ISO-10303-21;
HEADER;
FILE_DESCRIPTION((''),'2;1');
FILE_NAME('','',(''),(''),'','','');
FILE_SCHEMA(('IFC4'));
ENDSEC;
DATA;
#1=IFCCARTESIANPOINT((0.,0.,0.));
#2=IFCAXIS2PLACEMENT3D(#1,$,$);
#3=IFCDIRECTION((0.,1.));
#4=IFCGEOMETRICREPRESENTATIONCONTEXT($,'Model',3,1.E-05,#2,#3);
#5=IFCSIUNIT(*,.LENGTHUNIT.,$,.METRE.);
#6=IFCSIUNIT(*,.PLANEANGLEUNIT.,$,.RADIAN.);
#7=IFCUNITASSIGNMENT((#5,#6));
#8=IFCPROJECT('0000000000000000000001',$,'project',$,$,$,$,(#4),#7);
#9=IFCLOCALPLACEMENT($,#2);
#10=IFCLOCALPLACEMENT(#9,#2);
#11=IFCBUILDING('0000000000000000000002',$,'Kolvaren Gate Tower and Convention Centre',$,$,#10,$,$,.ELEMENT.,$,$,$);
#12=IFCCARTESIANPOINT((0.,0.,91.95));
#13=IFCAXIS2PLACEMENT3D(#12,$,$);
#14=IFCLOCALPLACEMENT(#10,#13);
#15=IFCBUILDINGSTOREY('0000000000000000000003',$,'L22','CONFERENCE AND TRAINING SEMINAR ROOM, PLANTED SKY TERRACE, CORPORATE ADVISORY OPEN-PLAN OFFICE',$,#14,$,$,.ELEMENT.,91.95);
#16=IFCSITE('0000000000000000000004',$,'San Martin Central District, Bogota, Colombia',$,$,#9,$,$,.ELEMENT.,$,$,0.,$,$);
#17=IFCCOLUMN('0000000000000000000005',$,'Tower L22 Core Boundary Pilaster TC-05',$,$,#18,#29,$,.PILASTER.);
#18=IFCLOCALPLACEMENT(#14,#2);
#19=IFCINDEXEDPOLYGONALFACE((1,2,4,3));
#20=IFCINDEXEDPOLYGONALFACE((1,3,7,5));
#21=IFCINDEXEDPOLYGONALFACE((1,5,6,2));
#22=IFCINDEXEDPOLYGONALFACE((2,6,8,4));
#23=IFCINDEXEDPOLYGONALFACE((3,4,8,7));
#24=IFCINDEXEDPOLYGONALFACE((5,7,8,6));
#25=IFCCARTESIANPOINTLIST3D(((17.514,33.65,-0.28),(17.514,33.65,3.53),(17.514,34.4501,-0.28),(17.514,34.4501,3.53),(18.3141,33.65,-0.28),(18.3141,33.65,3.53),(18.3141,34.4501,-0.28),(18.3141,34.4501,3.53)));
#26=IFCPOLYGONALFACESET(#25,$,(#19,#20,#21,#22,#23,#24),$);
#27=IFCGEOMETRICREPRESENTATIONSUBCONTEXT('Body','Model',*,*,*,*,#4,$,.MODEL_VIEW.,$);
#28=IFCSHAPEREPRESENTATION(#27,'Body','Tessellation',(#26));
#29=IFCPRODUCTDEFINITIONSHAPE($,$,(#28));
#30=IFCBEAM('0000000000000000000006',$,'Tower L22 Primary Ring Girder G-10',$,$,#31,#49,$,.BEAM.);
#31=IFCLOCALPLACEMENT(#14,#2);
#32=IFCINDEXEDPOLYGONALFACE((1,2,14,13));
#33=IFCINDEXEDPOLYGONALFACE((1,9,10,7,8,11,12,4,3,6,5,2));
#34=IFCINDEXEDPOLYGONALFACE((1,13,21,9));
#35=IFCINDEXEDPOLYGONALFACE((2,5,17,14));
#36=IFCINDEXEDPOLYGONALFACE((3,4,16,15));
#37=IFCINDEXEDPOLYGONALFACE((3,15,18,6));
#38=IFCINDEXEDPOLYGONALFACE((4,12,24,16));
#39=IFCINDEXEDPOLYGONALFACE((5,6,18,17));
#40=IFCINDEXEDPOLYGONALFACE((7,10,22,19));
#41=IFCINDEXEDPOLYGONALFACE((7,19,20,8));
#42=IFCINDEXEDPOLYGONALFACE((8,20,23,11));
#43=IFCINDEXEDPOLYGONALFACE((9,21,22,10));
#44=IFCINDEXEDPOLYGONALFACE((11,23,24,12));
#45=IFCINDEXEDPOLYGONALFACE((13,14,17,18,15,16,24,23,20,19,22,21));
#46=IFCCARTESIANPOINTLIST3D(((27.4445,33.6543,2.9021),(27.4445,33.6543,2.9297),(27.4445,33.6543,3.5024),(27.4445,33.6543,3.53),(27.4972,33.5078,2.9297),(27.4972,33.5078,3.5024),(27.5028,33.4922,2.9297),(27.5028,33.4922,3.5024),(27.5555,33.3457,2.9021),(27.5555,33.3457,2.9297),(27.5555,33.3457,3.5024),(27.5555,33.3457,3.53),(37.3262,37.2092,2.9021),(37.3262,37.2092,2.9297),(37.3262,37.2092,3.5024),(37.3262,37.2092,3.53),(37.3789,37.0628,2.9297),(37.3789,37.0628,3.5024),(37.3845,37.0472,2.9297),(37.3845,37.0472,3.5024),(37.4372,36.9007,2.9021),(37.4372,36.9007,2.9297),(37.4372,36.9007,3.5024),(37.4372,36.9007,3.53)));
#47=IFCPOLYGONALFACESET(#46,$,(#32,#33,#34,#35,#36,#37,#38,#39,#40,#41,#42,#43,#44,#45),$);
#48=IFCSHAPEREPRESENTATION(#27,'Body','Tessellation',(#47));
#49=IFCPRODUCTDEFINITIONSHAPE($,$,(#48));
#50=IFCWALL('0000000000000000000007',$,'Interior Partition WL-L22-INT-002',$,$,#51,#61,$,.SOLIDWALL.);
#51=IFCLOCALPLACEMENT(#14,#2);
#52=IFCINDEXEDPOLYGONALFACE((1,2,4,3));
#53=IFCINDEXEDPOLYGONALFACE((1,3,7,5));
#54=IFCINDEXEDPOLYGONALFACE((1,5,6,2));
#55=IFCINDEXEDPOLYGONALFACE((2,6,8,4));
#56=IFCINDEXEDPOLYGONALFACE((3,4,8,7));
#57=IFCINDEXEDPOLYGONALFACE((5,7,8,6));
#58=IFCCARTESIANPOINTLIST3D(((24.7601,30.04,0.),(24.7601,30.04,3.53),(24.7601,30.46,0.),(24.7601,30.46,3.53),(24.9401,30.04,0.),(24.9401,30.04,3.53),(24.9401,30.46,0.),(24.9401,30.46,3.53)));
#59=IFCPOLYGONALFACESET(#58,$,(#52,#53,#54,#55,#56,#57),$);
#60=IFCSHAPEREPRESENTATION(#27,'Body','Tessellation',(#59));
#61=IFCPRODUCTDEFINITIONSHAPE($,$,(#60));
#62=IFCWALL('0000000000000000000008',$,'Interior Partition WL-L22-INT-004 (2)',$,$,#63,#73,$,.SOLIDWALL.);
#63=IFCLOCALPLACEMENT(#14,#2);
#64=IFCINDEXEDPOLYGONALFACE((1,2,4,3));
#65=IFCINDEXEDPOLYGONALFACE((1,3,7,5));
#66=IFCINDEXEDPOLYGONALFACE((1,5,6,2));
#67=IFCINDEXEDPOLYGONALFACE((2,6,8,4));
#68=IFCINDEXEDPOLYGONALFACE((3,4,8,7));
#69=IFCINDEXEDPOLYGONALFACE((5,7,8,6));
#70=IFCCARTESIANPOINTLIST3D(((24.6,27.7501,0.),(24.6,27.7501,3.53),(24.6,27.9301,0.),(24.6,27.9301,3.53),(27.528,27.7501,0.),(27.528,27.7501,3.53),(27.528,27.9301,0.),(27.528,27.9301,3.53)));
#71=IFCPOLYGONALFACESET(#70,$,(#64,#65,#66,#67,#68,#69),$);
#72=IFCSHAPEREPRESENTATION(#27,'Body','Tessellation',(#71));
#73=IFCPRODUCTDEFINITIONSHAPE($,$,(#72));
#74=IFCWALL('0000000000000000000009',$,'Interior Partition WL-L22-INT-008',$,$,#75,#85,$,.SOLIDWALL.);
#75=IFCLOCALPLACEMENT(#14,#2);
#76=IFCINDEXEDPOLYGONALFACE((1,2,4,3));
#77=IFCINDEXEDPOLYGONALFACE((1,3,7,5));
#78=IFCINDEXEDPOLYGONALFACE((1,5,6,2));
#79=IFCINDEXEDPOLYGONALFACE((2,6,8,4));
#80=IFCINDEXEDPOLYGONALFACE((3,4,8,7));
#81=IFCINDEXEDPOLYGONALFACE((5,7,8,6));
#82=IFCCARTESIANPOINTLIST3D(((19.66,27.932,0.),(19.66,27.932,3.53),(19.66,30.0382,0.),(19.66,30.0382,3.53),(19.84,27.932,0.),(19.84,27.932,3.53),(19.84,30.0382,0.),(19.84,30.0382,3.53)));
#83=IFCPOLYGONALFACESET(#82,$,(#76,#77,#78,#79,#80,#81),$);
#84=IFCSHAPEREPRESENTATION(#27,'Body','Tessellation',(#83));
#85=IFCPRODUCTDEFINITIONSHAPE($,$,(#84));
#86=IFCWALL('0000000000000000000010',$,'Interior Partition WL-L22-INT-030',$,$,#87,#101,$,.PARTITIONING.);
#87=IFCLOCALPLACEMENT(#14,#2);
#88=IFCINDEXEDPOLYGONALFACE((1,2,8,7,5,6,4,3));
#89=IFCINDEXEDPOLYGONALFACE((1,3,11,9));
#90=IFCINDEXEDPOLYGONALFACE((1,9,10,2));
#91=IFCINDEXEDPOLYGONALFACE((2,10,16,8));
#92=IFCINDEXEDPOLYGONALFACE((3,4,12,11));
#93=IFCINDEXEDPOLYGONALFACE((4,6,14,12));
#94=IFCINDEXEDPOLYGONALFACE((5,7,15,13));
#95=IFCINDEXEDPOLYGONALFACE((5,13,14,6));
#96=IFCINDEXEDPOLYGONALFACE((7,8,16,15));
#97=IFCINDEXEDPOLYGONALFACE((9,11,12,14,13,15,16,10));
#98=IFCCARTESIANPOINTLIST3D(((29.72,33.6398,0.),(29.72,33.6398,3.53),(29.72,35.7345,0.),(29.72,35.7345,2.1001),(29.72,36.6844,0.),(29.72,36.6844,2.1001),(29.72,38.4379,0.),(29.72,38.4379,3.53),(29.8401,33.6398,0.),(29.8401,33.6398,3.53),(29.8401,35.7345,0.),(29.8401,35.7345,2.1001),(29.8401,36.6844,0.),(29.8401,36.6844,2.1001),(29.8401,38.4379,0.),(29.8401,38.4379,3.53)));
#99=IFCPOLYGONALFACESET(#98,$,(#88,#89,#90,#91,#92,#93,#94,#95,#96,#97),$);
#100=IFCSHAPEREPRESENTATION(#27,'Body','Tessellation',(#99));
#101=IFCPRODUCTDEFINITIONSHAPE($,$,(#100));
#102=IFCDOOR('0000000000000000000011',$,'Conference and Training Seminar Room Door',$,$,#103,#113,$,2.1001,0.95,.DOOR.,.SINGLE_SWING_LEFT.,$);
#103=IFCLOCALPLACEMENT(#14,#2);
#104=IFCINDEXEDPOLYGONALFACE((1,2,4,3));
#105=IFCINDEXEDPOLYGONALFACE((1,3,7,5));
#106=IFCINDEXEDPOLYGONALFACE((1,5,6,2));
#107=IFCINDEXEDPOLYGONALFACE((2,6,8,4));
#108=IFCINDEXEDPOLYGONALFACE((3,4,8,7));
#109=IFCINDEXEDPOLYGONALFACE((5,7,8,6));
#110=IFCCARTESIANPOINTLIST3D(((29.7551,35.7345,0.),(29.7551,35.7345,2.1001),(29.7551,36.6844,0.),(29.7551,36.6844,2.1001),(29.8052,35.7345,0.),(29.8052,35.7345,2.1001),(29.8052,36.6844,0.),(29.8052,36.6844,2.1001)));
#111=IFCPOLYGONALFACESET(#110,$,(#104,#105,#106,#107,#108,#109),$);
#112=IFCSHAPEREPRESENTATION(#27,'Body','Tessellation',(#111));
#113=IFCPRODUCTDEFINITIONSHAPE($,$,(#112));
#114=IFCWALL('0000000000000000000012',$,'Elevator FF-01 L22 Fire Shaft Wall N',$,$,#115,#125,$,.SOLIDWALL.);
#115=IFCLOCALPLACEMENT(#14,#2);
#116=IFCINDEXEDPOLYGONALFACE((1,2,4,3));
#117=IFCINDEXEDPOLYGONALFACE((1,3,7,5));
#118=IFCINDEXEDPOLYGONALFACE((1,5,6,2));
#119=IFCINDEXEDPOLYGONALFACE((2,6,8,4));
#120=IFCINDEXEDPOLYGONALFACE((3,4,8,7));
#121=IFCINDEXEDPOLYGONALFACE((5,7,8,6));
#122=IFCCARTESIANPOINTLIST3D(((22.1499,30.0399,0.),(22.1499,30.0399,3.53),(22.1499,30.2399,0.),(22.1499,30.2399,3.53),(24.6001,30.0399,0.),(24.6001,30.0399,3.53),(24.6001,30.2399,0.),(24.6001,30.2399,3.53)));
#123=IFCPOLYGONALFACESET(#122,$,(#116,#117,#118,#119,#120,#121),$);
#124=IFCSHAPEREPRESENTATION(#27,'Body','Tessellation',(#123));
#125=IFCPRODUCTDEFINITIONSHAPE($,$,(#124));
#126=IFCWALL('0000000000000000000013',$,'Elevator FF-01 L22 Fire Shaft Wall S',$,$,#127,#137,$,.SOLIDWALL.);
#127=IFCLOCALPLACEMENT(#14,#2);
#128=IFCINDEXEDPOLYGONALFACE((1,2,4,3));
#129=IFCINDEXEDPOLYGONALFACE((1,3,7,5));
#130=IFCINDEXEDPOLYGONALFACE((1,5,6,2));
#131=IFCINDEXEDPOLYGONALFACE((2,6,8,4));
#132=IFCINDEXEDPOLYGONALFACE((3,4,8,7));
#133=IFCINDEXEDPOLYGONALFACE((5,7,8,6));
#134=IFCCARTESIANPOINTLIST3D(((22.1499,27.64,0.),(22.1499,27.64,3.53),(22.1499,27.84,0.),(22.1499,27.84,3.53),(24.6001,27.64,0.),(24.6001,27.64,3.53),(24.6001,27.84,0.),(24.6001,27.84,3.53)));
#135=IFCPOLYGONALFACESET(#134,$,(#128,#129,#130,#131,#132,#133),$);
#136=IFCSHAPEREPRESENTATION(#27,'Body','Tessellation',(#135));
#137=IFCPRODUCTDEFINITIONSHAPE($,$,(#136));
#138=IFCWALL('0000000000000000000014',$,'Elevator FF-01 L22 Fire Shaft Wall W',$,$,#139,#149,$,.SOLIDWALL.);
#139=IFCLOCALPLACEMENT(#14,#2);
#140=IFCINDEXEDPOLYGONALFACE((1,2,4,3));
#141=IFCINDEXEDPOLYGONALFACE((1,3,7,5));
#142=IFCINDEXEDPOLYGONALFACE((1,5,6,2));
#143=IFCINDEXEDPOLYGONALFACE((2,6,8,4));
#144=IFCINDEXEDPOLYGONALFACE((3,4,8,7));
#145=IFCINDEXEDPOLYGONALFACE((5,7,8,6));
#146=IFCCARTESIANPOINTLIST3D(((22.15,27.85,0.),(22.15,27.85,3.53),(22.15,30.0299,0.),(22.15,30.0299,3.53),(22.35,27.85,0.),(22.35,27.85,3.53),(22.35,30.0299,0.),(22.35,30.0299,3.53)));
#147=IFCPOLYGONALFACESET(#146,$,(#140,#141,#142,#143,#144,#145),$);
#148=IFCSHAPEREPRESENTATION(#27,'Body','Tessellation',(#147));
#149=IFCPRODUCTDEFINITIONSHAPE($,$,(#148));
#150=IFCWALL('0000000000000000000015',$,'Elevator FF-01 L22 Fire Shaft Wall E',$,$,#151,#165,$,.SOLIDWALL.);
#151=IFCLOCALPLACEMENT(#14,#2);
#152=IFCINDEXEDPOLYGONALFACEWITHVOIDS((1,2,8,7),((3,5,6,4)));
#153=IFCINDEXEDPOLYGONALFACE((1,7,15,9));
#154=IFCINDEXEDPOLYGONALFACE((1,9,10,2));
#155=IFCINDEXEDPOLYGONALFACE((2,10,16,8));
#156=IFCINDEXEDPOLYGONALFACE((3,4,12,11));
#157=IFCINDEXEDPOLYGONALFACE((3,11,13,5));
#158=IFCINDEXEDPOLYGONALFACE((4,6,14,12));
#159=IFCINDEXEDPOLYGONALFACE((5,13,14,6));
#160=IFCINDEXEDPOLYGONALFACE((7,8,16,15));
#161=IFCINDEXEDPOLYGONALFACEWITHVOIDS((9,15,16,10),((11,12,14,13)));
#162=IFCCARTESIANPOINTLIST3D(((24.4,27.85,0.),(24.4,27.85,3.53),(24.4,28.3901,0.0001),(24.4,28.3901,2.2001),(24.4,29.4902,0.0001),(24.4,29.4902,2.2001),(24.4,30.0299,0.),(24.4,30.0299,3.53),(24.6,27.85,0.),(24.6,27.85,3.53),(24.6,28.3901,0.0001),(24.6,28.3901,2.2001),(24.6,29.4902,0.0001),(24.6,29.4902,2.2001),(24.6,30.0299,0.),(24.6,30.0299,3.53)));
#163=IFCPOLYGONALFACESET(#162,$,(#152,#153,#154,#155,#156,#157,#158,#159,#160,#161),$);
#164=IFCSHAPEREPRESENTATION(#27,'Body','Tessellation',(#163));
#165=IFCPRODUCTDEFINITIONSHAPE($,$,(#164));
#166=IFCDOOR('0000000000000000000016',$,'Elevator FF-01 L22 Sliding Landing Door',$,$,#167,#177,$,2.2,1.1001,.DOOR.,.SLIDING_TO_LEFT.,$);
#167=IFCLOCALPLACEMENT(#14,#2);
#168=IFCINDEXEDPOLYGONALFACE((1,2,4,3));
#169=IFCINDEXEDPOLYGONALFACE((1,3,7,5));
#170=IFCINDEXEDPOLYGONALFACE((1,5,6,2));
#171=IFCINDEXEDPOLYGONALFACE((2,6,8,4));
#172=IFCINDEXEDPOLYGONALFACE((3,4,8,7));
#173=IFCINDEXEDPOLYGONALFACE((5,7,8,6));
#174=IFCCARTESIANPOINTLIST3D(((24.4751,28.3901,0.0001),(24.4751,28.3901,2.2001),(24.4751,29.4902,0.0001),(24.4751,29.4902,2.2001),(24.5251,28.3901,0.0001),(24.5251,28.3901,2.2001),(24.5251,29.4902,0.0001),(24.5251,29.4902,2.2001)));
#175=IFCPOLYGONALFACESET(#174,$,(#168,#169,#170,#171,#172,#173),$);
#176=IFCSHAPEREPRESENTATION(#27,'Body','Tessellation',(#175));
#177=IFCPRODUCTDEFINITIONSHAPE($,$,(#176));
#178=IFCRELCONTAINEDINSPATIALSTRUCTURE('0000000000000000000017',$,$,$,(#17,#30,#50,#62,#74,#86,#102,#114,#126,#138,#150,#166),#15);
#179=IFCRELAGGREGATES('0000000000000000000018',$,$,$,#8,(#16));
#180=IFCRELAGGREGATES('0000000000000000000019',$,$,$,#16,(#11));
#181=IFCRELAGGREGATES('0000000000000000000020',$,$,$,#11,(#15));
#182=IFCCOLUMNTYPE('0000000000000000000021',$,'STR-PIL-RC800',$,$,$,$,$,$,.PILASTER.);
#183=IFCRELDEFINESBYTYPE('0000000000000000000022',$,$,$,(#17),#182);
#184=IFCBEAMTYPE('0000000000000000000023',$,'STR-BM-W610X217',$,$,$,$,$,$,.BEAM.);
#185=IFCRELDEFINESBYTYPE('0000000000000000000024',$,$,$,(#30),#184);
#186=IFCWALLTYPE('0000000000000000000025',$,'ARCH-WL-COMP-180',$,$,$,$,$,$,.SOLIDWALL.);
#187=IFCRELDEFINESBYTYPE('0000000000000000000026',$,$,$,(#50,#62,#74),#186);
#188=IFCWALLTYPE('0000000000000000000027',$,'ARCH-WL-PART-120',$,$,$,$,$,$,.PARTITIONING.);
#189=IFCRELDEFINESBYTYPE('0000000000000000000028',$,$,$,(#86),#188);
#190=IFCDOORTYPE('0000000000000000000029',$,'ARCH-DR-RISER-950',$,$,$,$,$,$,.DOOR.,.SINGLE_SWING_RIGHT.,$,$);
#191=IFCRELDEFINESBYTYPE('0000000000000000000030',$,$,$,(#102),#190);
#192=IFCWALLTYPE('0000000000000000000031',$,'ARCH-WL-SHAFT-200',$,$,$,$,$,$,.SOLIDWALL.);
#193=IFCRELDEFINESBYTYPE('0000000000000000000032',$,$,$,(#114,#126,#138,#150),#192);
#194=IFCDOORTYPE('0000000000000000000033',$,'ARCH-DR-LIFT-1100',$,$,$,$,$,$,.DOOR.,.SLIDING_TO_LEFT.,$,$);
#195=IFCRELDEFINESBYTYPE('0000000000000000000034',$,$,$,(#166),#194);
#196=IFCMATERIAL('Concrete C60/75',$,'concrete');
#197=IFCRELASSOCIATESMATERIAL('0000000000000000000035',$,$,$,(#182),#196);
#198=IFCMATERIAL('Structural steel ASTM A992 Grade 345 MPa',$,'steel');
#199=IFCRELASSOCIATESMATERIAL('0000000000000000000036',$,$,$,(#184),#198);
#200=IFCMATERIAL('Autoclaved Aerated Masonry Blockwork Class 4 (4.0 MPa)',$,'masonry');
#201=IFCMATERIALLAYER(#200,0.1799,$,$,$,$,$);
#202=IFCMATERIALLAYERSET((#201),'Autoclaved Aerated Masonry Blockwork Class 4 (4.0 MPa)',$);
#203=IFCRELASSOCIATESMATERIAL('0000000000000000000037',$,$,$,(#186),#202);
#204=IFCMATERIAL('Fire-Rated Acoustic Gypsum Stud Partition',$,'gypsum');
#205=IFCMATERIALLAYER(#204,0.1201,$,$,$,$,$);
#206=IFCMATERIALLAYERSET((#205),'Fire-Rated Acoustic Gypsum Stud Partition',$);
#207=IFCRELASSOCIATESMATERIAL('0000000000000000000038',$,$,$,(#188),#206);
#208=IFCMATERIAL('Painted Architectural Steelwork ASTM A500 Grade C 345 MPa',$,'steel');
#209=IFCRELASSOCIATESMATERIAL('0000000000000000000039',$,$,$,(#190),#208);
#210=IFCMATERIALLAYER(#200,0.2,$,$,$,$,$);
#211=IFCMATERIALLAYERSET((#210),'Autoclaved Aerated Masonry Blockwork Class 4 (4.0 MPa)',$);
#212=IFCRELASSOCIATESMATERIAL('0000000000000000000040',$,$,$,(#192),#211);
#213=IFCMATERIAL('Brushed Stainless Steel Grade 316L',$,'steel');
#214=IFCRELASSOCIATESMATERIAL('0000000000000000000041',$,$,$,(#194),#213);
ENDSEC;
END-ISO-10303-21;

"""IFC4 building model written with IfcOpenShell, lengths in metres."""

from ifc_helpers import new_model, si_unit, direction, frame, frame_2d, origin, origin_2d, place, context, subcontext, project, spatial, rectangle, i_section, extrude, material, layer, layer_set, material_profile, profile_set, type_object, element, fill, save


model = new_model("IFC4")

# Units and contexts
model_context = context("Model", 3, precision=1e-05, world=origin(), true_north=direction((0.0, 1.0)))
body_context = subcontext(model_context, "Body", "Model", "MODEL_VIEW")
ifc_project = project(units=[si_unit("LENGTHUNIT", "METRE"), si_unit("PLANEANGLEUNIT", "RADIAN")], contexts=[model_context])

# Site, building, storey
site_placement = place(None, origin())
site = spatial("IfcSite", under=ifc_project, at=site_placement, Name="San Martin Central District, Bogota, Colombia", CompositionType="ELEMENT", RefElevation=0.0)
building_placement = place(site_placement, origin())
building = spatial("IfcBuilding", under=site, at=building_placement, Name="Kolvaren Gate Tower and Convention Centre", CompositionType="ELEMENT")
storey_placement = place(building_placement, frame((0.0, 0.0, 91.95)))
storey = spatial("IfcBuildingStorey", under=building, at=storey_placement, Name="L22", Description="CONFERENCE AND TRAINING SEMINAR ROOM, PLANTED SKY TERRACE, CORPORATE ADVISORY OPEN-PLAN OFFICE", CompositionType="ELEMENT", Elevation=91.95)

# Column
ifc_material_1 = material(Name="Concrete C60/75", Category="concrete")
ifc_material_profile_1 = material_profile(ifc_material_1, rectangle(XDim=0.8, YDim=0.8, at=origin_2d()), Name="RC-COL-800X800")
ifc_profile_set_1 = profile_set([ifc_material_profile_1], Name="Concrete C60/75")
column_type = type_object("IfcColumnType", Name="STR-PIL-RC800", PredefinedType="PILASTER", material=ifc_profile_set_1)
column_placement = place(storey_placement, frame((17.9141, 34.05, -0.28), z_axis=(0.0, 0.0, 1.0), x_axis=(1.0, 0.0, 0.0)))
element("IfcColumn", 1, at=column_placement, inside=storey, type_object=column_type, Name="Tower L22 Core Boundary Pilaster TC-05", PredefinedType="PILASTER", context=body_context, shape_type="SweptSolid", body=[
    extrude(rectangle(XDim=0.8, YDim=0.8, at=origin_2d()), origin(), (0.0, 0.0, 1.0), 3.8101),
])

# Beam
ifc_material_2 = material(Name="Structural steel ASTM A992 Grade 345 MPa", Category="steel")
ifc_material_profile_2 = material_profile(ifc_material_2, i_section(OverallWidth=0.3279, OverallDepth=0.6279, WebThickness=0.0166, FlangeThickness=0.0276, at=origin_2d()), Name="W610X217")
ifc_profile_set_2 = profile_set([ifc_material_profile_2], Name="Structural steel ASTM A992 Grade 345 MPa")
beam_type = type_object("IfcBeamType", Name="STR-BM-W610X217", PredefinedType="BEAM", material=ifc_profile_set_2)
beam_placement = place(storey_placement, frame((27.5, 33.5, 3.2161), z_axis=(0.940961, 0.338514, 0.0), x_axis=(-0.338514, 0.940961, 0.0)))
element("IfcBeam", 2, at=beam_placement, inside=storey, type_object=beam_type, Name="Tower L22 Primary Ring Girder G-10", PredefinedType="BEAM", context=body_context, shape_type="SweptSolid", body=[
    extrude(i_section(OverallWidth=0.3279, OverallDepth=0.6279, WebThickness=0.0166, FlangeThickness=0.0276, at=origin_2d()), origin(), (0.0, 0.0, 1.0), 10.5017),
])

# Walls
ifc_material_3 = material(Name="Autoclaved Aerated Masonry Blockwork Class 4 (4.0 MPa)", Category="masonry")
ifc_layer_1 = layer(ifc_material_3, 0.1799)
ifc_layer_set_1 = layer_set([ifc_layer_1], Name="Autoclaved Aerated Masonry Blockwork Class 4 (4.0 MPa)")
wall_type_1 = type_object("IfcWallType", Name="ARCH-WL-COMP-180", PredefinedType="SOLIDWALL", material=ifc_layer_set_1)
wall_1_placement = place(storey_placement, frame((24.8501, 30.04, 0.0), z_axis=(0.0, 0.0, 1.0), x_axis=(0.0, 1.0, 0.0)))
element("IfcWall", 3, at=wall_1_placement, inside=storey, type_object=wall_type_1, Name="Interior Partition WL-L22-INT-002", PredefinedType="SOLIDWALL", context=body_context, shape_type="SweptSolid", body=[
    extrude(rectangle(XDim=0.4199, YDim=0.1799, at=frame_2d((0.21, 0.0))), origin(), (0.0, 0.0, 1.0), 3.53),
])
wall_2_placement = place(storey_placement, frame((24.6001, 27.8401, 0.0), z_axis=(0.0, 0.0, 1.0), x_axis=(1.0, 0.0, 0.0)))
element("IfcWall", 4, at=wall_2_placement, inside=storey, type_object=wall_type_1, Name="Interior Partition WL-L22-INT-004 (2)", PredefinedType="SOLIDWALL", context=body_context, shape_type="SweptSolid", body=[
    extrude(rectangle(XDim=2.928, YDim=0.1799, at=frame_2d((1.4639, 0.0))), origin(), (0.0, 0.0, 1.0), 3.53),
])
wall_3_placement = place(storey_placement, frame((19.75, 27.9319, 0.0), z_axis=(0.0, 0.0, 1.0), x_axis=(0.0, 1.0, 0.0)))
element("IfcWall", 5, at=wall_3_placement, inside=storey, type_object=wall_type_1, Name="Interior Partition WL-L22-INT-008", PredefinedType="SOLIDWALL", context=body_context, shape_type="SweptSolid", body=[
    extrude(rectangle(XDim=2.1062, YDim=0.1799, at=frame_2d((1.0532, 0.0))), origin(), (0.0, 0.0, 1.0), 3.53),
])

# Wall, opening, door
ifc_material_4 = material(Name="Fire-Rated Acoustic Gypsum Stud Partition", Category="gypsum")
ifc_layer_2 = layer(ifc_material_4, 0.1201)
ifc_layer_set_2 = layer_set([ifc_layer_2], Name="Fire-Rated Acoustic Gypsum Stud Partition")
wall_type_2 = type_object("IfcWallType", Name="ARCH-WL-PART-120", PredefinedType="PARTITIONING", material=ifc_layer_set_2)
wall_4_placement = place(storey_placement, frame((29.78, 33.6399, 0.0), z_axis=(0.0, 0.0, 1.0), x_axis=(0.0, 1.0, 0.0)))
wall_4 = element("IfcWall", 6, at=wall_4_placement, inside=storey, type_object=wall_type_2, Name="Interior Partition WL-L22-INT-030", PredefinedType="PARTITIONING", context=body_context, shape_type="SweptSolid", body=[
    extrude(rectangle(XDim=4.7981, YDim=0.1201, at=frame_2d((2.3989, 0.0))), origin(), (0.0, 0.0, 1.0), 3.53),
])
opening_1_placement = place(wall_4_placement, frame((2.0945, 0.0, 0.0)))
opening_1 = element("IfcOpeningElement", 7, at=opening_1_placement, cuts=wall_4, PredefinedType="OPENING", context=body_context, shape_type="SweptSolid", body=[
    extrude(rectangle(XDim=0.95, YDim=2.1001, at=frame_2d((0.4751, 1.05))), frame((0.0, 0.0701, 0.0), z_axis=(0.0, -1.0, 0.0), x_axis=(1.0, 0.0, 0.0)), (0.0, 0.0, 1.0), 0.1401),
])
ifc_material_5 = material(Name="Painted Architectural Steelwork ASTM A500 Grade C 345 MPa", Category="steel")
door_type_1 = type_object("IfcDoorType", Name="ARCH-DR-RISER-950", OperationType="SINGLE_SWING_RIGHT", PredefinedType="DOOR", material=ifc_material_5)
door_1_placement = place(opening_1_placement, origin())
door_1 = element("IfcDoor", 8, at=door_1_placement, inside=storey, type_object=door_type_1, Name="Conference and Training Seminar Room Door", OperationType="SINGLE_SWING_LEFT", OverallHeight=2.1001, OverallWidth=0.95, PredefinedType="DOOR", context=body_context, shape_type="SweptSolid", body=[
    extrude(rectangle(XDim=0.95, YDim=2.1001, at=frame_2d((0.4751, 1.05))), frame((0.0, 0.0249, 0.0), z_axis=(0.0, -1.0, 0.0), x_axis=(1.0, 0.0, 0.0)), (0.0, 0.0, 1.0), 0.05),
])
fill(opening_1, door_1)

# Walls
ifc_layer_3 = layer(ifc_material_3, 0.2)
ifc_layer_set_3 = layer_set([ifc_layer_3], Name="Autoclaved Aerated Masonry Blockwork Class 4 (4.0 MPa)")
wall_type_3 = type_object("IfcWallType", Name="ARCH-WL-SHAFT-200", PredefinedType="SOLIDWALL", material=ifc_layer_set_3)
for number, where, z_axis, x_axis, name in (
    (9, (22.1499, 30.1399, 0.0), (0.0, 0.0, 1.0), (1.0, 0.0, 0.0), "Elevator FF-01 L22 Fire Shaft Wall N"),
    (10, (22.1499, 27.74, 0.0), (0.0, 0.0, 1.0), (1.0, 0.0, 0.0), "Elevator FF-01 L22 Fire Shaft Wall S"),
):
    element("IfcWall", number, at=place(storey_placement, frame(where, z_axis=z_axis, x_axis=x_axis)), inside=storey, type_object=wall_type_3, Name=name, PredefinedType="SOLIDWALL", context=body_context, shape_type="SweptSolid", body=[
        extrude(rectangle(XDim=2.4502, YDim=0.2, at=frame_2d((1.2251, 0.0))), origin(), (0.0, 0.0, 1.0), 3.53),
    ])
wall_5_placement = place(storey_placement, frame((22.25, 27.8501, 0.0), z_axis=(0.0, 0.0, 1.0), x_axis=(0.0, 1.0, 0.0)))
element("IfcWall", 11, at=wall_5_placement, inside=storey, type_object=wall_type_3, Name="Elevator FF-01 L22 Fire Shaft Wall W", PredefinedType="SOLIDWALL", context=body_context, shape_type="SweptSolid", body=[
    extrude(rectangle(XDim=2.1799, YDim=0.2, at=frame_2d((1.0898, 0.0))), origin(), (0.0, 0.0, 1.0), 3.53),
])

# Wall, opening, door
wall_6_placement = place(storey_placement, frame((24.5, 27.8501, 0.0), z_axis=(0.0, 0.0, 1.0), x_axis=(0.0, 1.0, 0.0)))
wall_6 = element("IfcWall", 12, at=wall_6_placement, inside=storey, type_object=wall_type_3, Name="Elevator FF-01 L22 Fire Shaft Wall E", PredefinedType="SOLIDWALL", context=body_context, shape_type="SweptSolid", body=[
    extrude(rectangle(XDim=2.1799, YDim=0.2, at=frame_2d((1.0898, 0.0))), origin(), (0.0, 0.0, 1.0), 3.53),
])
opening_2_placement = place(wall_6_placement, frame((0.54, 0.0, 0.0)))
opening_2 = element("IfcOpeningElement", 13, at=opening_2_placement, cuts=wall_6, PredefinedType="OPENING", context=body_context, shape_type="SweptSolid", body=[
    extrude(rectangle(XDim=1.1001, YDim=2.2, at=frame_2d((0.55, 1.1001))), frame((0.0, 0.1099, 0.0), z_axis=(0.0, -1.0, 0.0), x_axis=(1.0, 0.0, 0.0)), (0.0, 0.0, 1.0), 0.22),
])
ifc_material_6 = material(Name="Brushed Stainless Steel Grade 316L", Category="steel")
door_type_2 = type_object("IfcDoorType", Name="ARCH-DR-LIFT-1100", OperationType="SLIDING_TO_LEFT", PredefinedType="DOOR", material=ifc_material_6)
door_2_placement = place(opening_2_placement, origin())
door_2 = element("IfcDoor", 14, at=door_2_placement, inside=storey, type_object=door_type_2, Name="Elevator FF-01 L22 Sliding Landing Door", OperationType="SLIDING_TO_LEFT", OverallHeight=2.2, OverallWidth=1.1001, PredefinedType="DOOR", context=body_context, shape_type="SweptSolid", body=[
    extrude(rectangle(XDim=1.1001, YDim=2.2, at=frame_2d((0.55, 1.1001))), frame((0.0, 0.0249, 0.0), z_axis=(0.0, -1.0, 0.0), x_axis=(1.0, 0.0, 0.0)), (0.0, 0.0, 1.0), 0.05),
])
fill(opening_2, door_2)

save(model, "model.ifc")
